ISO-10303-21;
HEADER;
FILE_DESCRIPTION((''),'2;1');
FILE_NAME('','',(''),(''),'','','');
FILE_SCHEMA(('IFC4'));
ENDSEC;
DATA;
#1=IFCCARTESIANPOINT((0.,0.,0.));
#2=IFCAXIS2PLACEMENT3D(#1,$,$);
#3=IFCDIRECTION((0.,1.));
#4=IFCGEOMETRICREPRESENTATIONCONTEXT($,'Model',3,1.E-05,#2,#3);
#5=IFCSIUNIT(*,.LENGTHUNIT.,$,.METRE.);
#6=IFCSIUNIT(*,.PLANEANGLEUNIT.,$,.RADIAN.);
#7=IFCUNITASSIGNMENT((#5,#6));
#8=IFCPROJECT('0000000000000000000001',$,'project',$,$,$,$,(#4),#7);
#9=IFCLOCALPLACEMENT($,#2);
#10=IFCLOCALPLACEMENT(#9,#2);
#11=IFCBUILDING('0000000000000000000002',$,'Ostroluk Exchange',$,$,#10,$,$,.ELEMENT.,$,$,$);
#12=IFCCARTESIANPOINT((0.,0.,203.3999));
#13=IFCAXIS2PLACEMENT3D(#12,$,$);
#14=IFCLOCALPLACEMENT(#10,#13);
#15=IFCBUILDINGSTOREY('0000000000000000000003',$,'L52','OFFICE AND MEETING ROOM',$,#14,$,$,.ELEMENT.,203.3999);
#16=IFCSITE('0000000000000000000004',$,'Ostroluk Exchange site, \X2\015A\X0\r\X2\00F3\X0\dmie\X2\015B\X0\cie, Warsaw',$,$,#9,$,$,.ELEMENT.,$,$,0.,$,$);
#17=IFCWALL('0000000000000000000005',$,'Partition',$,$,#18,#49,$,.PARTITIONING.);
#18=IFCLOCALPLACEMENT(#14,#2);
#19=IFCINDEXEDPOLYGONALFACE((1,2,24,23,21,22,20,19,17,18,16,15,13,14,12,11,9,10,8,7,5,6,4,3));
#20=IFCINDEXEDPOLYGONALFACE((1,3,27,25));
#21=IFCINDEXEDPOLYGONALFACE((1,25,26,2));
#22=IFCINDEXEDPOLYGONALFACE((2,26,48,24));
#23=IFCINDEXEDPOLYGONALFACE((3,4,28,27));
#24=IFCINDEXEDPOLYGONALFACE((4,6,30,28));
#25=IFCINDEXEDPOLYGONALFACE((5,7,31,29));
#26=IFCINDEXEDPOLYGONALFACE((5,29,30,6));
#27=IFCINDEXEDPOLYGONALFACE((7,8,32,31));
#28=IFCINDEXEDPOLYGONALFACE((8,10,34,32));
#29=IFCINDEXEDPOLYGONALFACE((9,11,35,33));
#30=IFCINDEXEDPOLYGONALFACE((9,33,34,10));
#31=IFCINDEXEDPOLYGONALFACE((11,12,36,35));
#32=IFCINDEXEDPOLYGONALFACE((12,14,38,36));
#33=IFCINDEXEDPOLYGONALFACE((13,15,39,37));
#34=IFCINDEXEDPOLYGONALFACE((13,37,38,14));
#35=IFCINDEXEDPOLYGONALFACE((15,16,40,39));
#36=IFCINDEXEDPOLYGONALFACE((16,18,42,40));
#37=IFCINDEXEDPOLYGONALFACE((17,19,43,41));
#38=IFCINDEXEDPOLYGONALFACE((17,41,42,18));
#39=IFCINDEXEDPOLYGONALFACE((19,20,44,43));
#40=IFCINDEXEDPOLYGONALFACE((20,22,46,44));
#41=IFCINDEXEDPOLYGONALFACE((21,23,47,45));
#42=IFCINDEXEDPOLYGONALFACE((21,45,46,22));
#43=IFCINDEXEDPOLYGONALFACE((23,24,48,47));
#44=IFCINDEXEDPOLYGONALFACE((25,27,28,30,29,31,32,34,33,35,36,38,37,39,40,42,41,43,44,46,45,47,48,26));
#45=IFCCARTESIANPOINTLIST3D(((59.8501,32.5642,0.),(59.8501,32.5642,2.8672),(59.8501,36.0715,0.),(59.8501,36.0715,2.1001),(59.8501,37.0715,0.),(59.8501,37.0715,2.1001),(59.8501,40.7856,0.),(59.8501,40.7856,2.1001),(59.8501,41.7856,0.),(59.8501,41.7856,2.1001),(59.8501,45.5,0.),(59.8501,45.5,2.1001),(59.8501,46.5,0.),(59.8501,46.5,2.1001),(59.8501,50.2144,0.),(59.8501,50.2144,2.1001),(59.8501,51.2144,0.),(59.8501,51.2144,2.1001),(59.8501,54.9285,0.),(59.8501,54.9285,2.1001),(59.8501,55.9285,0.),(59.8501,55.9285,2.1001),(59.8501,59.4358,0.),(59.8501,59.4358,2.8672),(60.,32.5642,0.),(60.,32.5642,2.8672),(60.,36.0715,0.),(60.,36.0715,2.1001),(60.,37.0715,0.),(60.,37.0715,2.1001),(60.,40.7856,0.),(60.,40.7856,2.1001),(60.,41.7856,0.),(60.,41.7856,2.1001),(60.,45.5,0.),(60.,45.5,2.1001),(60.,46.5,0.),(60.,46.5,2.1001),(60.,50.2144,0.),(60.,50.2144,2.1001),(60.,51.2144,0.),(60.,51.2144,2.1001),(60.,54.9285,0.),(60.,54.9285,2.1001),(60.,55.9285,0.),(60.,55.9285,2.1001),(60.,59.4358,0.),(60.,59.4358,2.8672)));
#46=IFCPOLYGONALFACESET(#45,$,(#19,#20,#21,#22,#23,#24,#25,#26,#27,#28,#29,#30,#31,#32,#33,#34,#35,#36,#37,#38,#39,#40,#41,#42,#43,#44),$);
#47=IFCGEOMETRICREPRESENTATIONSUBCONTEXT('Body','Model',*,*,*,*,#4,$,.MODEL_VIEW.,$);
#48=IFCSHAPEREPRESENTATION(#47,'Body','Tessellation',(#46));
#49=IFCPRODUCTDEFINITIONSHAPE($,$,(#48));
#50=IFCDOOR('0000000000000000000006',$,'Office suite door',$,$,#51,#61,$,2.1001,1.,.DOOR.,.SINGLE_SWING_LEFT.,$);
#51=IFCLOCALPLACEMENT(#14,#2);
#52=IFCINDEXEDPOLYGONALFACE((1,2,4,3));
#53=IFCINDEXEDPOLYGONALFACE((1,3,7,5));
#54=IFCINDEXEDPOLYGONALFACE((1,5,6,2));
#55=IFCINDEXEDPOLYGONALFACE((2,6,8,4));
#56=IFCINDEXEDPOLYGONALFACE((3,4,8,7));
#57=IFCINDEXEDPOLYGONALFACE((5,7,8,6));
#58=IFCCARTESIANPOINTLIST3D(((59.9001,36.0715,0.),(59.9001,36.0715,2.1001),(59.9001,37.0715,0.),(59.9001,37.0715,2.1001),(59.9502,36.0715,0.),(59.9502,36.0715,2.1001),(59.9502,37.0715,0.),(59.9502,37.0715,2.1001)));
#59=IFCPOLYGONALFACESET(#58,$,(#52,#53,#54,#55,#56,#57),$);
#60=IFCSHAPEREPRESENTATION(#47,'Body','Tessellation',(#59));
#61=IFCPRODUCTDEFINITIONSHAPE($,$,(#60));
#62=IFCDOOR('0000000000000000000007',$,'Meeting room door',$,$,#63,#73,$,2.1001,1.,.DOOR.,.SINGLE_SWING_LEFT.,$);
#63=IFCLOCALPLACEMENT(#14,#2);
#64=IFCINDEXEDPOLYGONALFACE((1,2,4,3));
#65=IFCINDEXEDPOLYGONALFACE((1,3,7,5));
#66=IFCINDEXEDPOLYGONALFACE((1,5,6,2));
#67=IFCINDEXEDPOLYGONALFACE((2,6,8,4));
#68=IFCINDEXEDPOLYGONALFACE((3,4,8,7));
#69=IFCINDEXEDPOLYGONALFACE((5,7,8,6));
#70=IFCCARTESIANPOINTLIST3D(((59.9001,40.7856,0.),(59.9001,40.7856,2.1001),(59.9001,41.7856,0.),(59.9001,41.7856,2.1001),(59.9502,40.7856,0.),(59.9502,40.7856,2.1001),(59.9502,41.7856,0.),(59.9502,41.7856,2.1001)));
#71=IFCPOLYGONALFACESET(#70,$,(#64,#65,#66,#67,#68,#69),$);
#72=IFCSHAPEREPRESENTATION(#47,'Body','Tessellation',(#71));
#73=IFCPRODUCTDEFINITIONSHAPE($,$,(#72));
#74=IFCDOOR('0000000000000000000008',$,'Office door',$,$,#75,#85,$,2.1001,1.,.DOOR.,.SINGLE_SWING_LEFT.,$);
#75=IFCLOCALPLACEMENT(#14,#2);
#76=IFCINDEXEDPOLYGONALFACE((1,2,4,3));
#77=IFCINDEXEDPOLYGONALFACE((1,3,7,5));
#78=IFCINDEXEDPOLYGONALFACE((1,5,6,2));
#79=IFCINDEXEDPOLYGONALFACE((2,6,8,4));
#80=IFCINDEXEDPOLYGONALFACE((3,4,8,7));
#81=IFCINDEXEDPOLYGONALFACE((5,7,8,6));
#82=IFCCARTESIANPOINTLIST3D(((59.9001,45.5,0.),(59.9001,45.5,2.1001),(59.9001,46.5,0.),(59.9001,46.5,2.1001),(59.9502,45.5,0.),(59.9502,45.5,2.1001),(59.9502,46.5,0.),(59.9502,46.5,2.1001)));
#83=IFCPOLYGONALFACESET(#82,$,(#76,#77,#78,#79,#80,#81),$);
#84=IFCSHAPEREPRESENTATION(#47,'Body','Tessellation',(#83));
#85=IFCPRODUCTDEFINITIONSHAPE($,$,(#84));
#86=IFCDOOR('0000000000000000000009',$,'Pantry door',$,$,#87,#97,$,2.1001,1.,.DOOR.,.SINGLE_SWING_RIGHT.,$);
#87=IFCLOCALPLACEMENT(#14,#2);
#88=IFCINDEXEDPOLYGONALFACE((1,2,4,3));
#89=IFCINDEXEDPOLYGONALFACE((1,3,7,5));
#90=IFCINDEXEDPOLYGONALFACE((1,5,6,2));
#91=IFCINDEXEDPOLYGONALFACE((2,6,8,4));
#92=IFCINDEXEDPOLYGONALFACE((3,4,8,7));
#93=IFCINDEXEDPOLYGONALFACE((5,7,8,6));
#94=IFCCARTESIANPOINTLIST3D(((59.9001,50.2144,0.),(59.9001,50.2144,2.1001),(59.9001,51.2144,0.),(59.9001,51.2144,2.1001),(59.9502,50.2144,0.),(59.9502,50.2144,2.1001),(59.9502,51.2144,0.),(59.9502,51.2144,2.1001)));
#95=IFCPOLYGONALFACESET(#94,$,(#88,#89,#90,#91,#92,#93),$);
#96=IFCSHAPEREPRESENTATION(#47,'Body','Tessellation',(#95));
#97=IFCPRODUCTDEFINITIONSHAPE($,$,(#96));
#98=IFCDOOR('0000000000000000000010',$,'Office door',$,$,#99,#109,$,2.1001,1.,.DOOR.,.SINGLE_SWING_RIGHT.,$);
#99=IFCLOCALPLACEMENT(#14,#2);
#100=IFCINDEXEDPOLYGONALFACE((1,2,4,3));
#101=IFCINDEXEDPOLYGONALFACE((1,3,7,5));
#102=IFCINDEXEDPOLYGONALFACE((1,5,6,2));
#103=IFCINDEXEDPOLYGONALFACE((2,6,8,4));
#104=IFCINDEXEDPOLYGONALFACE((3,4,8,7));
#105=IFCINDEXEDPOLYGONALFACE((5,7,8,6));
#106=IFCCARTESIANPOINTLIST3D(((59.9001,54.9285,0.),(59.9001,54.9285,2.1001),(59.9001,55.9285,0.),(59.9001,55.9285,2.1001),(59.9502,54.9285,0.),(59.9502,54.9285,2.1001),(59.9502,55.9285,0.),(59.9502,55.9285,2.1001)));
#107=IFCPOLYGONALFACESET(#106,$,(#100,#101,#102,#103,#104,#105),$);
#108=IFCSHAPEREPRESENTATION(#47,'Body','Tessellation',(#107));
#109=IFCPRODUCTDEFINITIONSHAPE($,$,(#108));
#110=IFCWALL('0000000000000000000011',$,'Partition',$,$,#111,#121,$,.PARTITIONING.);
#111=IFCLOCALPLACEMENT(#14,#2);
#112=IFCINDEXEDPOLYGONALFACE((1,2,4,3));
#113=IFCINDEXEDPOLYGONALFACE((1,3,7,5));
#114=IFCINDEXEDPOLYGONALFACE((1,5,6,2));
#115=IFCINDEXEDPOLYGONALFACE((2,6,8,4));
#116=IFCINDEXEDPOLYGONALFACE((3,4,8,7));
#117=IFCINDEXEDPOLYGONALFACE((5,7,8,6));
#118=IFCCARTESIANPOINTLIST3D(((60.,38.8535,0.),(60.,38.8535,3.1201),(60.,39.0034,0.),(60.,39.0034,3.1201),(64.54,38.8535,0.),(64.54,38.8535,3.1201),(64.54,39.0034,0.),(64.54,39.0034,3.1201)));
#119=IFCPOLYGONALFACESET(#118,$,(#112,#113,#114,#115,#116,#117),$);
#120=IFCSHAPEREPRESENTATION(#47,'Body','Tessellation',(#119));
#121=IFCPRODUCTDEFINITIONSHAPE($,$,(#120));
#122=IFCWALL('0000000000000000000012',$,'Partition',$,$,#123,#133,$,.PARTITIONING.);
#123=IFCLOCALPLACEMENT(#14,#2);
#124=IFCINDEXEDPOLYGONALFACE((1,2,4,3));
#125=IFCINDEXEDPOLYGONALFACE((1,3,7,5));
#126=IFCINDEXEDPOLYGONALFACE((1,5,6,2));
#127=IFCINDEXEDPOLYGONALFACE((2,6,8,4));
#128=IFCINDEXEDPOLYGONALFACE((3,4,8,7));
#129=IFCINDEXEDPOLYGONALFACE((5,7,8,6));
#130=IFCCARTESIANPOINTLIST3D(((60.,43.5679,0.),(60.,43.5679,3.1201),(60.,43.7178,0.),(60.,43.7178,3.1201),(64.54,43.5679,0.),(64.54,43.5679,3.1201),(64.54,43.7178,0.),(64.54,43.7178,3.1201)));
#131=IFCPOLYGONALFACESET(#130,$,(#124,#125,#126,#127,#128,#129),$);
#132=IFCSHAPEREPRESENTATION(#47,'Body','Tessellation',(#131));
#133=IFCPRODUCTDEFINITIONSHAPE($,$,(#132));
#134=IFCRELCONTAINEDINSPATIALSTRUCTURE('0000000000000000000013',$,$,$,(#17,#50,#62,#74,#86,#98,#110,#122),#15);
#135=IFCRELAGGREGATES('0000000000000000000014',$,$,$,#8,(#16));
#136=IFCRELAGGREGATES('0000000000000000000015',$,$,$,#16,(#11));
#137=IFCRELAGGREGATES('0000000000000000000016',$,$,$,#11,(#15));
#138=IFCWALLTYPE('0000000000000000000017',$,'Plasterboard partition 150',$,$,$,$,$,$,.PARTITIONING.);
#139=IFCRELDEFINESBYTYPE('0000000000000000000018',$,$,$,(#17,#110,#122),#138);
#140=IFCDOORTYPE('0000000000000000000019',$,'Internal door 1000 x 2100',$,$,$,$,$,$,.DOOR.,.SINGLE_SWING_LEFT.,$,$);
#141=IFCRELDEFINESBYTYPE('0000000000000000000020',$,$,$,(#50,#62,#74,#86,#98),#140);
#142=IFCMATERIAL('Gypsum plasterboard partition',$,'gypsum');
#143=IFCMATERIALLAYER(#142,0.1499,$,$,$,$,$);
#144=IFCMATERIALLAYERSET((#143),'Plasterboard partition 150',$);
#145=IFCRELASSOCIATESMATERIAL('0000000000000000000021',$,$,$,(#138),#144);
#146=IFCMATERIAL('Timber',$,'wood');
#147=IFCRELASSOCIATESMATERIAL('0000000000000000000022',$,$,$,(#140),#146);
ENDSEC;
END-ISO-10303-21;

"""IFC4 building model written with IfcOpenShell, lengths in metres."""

from ifc_helpers import new_model, si_unit, direction, frame, frame_2d, origin, place, context, subcontext, project, spatial, rectangle, extrude, material, layer, layer_set, type_object, element, fill, save


model = new_model("IFC4")

# Units and contexts
model_context = context("Model", 3, precision=1e-05, world=origin(), true_north=direction((0.0, 1.0)))
body_context = subcontext(model_context, "Body", "Model", "MODEL_VIEW")
ifc_project = project(units=[si_unit("LENGTHUNIT", "METRE"), si_unit("PLANEANGLEUNIT", "RADIAN")], contexts=[model_context])

# Site, building, storey
site_placement = place(None, origin())
site = spatial("IfcSite", under=ifc_project, at=site_placement, Name="Ostroluk Exchange site, Śródmieście, Warsaw", CompositionType="ELEMENT", RefElevation=0.0)
building_placement = place(site_placement, origin())
building = spatial("IfcBuilding", under=site, at=building_placement, Name="Ostroluk Exchange", CompositionType="ELEMENT")
storey_placement = place(building_placement, frame((0.0, 0.0, 203.3999)))
storey = spatial("IfcBuildingStorey", under=building, at=storey_placement, Name="L52", Description="OFFICE AND MEETING ROOM", CompositionType="ELEMENT", Elevation=203.3999)

# Shared definitions
ifc_material_1 = material(Name="Gypsum plasterboard partition", Category="gypsum")
ifc_layer_1 = layer(ifc_material_1, 0.1499)
ifc_layer_set_1 = layer_set([ifc_layer_1], Name="Plasterboard partition 150")
wall_type = type_object("IfcWallType", Name="Plasterboard partition 150", PredefinedType="PARTITIONING", material=ifc_layer_set_1)
ifc_material_2 = material(Name="Timber", Category="wood")
door_type = type_object("IfcDoorType", Name="Internal door 1000 x 2100", OperationType="SINGLE_SWING_LEFT", PredefinedType="DOOR", material=ifc_material_2)

# Wall, openings, doors
wall_1_placement = place(storey_placement, frame((59.925, 32.5642, 0.0), z_axis=(0.0, 0.0, 1.0), x_axis=(0.0, 1.0, 0.0)))
wall_1 = element("IfcWall", 1, at=wall_1_placement, inside=storey, type_object=wall_type, Name="Partition", PredefinedType="PARTITIONING", context=body_context, shape_type="SweptSolid", body=[
    extrude(rectangle(XDim=26.8716, YDim=0.1499, at=frame_2d((13.4358, 0.0))), origin(), (0.0, 0.0, 1.0), 2.8672),
])
opening_1_placement = place(wall_1_placement, frame((3.5073, 0.0, 0.0)))
opening_1 = element("IfcOpeningElement", 2, at=opening_1_placement, cuts=wall_1, PredefinedType="OPENING", context=body_context, shape_type="SweptSolid", body=[
    extrude(rectangle(XDim=1.0, YDim=2.1001, at=frame_2d((0.5, 1.05))), frame((0.0, 0.085, 0.0), z_axis=(0.0, -1.0, 0.0), x_axis=(1.0, 0.0, 0.0)), (0.0, 0.0, 1.0), 0.1699),
])
opening_2_placement = place(wall_1_placement, frame((8.2214, 0.0, 0.0)))
opening_2 = element("IfcOpeningElement", 3, at=opening_2_placement, cuts=wall_1, PredefinedType="OPENING", context=body_context, shape_type="SweptSolid", body=[
    extrude(rectangle(XDim=1.0, YDim=2.1001, at=frame_2d((0.5, 1.05))), frame((0.0, 0.085, 0.0), z_axis=(0.0, -1.0, 0.0), x_axis=(1.0, 0.0, 0.0)), (0.0, 0.0, 1.0), 0.1699),
])
opening_3_placement = place(wall_1_placement, frame((12.9358, 0.0, 0.0)))
opening_3 = element("IfcOpeningElement", 4, at=opening_3_placement, cuts=wall_1, PredefinedType="OPENING", context=body_context, shape_type="SweptSolid", body=[
    extrude(rectangle(XDim=1.0, YDim=2.1001, at=frame_2d((0.5, 1.05))), frame((0.0, 0.085, 0.0), z_axis=(0.0, -1.0, 0.0), x_axis=(1.0, 0.0, 0.0)), (0.0, 0.0, 1.0), 0.1699),
])
opening_4_placement = place(wall_1_placement, frame((17.6501, 0.0, 0.0)))
opening_4 = element("IfcOpeningElement", 5, at=opening_4_placement, cuts=wall_1, PredefinedType="OPENING", context=body_context, shape_type="SweptSolid", body=[
    extrude(rectangle(XDim=1.0, YDim=2.1001, at=frame_2d((0.5, 1.05))), frame((0.0, 0.085, 0.0), z_axis=(0.0, -1.0, 0.0), x_axis=(1.0, 0.0, 0.0)), (0.0, 0.0, 1.0), 0.1699),
])
opening_5_placement = place(wall_1_placement, frame((22.3643, 0.0, 0.0)))
opening_5 = element("IfcOpeningElement", 6, at=opening_5_placement, cuts=wall_1, PredefinedType="OPENING", context=body_context, shape_type="SweptSolid", body=[
    extrude(rectangle(XDim=1.0, YDim=2.1001, at=frame_2d((0.5, 1.05))), frame((0.0, 0.085, 0.0), z_axis=(0.0, -1.0, 0.0), x_axis=(1.0, 0.0, 0.0)), (0.0, 0.0, 1.0), 0.1699),
])
door_1_placement = place(opening_1_placement, origin())
door_1 = element("IfcDoor", 7, at=door_1_placement, inside=storey, type_object=door_type, Name="Office suite door", OperationType="SINGLE_SWING_LEFT", OverallHeight=2.1001, OverallWidth=1.0, PredefinedType="DOOR", context=body_context, shape_type="SweptSolid", body=[
    extrude(rectangle(XDim=1.0, YDim=2.1001, at=frame_2d((0.5, 1.05))), frame((0.0, 0.0249, 0.0), z_axis=(0.0, -1.0, 0.0), x_axis=(1.0, 0.0, 0.0)), (0.0, 0.0, 1.0), 0.05),
])
fill(opening_1, door_1)
door_2_placement = place(opening_2_placement, origin())
door_2 = element("IfcDoor", 8, at=door_2_placement, inside=storey, type_object=door_type, Name="Meeting room door", OperationType="SINGLE_SWING_LEFT", OverallHeight=2.1001, OverallWidth=1.0, PredefinedType="DOOR", context=body_context, shape_type="SweptSolid", body=[
    extrude(rectangle(XDim=1.0, YDim=2.1001, at=frame_2d((0.5, 1.05))), frame((0.0, 0.0249, 0.0), z_axis=(0.0, -1.0, 0.0), x_axis=(1.0, 0.0, 0.0)), (0.0, 0.0, 1.0), 0.05),
])
fill(opening_2, door_2)
door_3_placement = place(opening_3_placement, origin())
door_3 = element("IfcDoor", 9, at=door_3_placement, inside=storey, type_object=door_type, Name="Office door", OperationType="SINGLE_SWING_LEFT", OverallHeight=2.1001, OverallWidth=1.0, PredefinedType="DOOR", context=body_context, shape_type="SweptSolid", body=[
    extrude(rectangle(XDim=1.0, YDim=2.1001, at=frame_2d((0.5, 1.05))), frame((0.0, 0.0249, 0.0), z_axis=(0.0, -1.0, 0.0), x_axis=(1.0, 0.0, 0.0)), (0.0, 0.0, 1.0), 0.05),
])
fill(opening_3, door_3)
door_4_placement = place(opening_4_placement, origin())
door_4 = element("IfcDoor", 10, at=door_4_placement, inside=storey, type_object=door_type, Name="Pantry door", OperationType="SINGLE_SWING_RIGHT", OverallHeight=2.1001, OverallWidth=1.0, PredefinedType="DOOR", context=body_context, shape_type="SweptSolid", body=[
    extrude(rectangle(XDim=1.0, YDim=2.1001, at=frame_2d((0.5, 1.05))), frame((0.0, 0.0249, 0.0), z_axis=(0.0, -1.0, 0.0), x_axis=(1.0, 0.0, 0.0)), (0.0, 0.0, 1.0), 0.05),
])
fill(opening_4, door_4)
door_5_placement = place(opening_5_placement, origin())
door_5 = element("IfcDoor", 11, at=door_5_placement, inside=storey, type_object=door_type, Name="Office door", OperationType="SINGLE_SWING_RIGHT", OverallHeight=2.1001, OverallWidth=1.0, PredefinedType="DOOR", context=body_context, shape_type="SweptSolid", body=[
    extrude(rectangle(XDim=1.0, YDim=2.1001, at=frame_2d((0.5, 1.05))), frame((0.0, 0.0249, 0.0), z_axis=(0.0, -1.0, 0.0), x_axis=(1.0, 0.0, 0.0)), (0.0, 0.0, 1.0), 0.05),
])
fill(opening_5, door_5)

# Walls
for number, where, z_axis, x_axis, name in (
    (12, (60.0, 38.9285, 0.0), (0.0, 0.0, 1.0), (1.0, 0.0, 0.0), "Partition"),
    (13, (60.0, 43.6428, 0.0), (0.0, 0.0, 1.0), (1.0, 0.0, 0.0), "Partition"),
):
    element("IfcWall", number, at=place(storey_placement, frame(where, z_axis=z_axis, x_axis=x_axis)), inside=storey, type_object=wall_type, Name=name, PredefinedType="PARTITIONING", context=body_context, shape_type="SweptSolid", body=[
        extrude(rectangle(XDim=4.54, YDim=0.1499, at=frame_2d((2.27, 0.0))), origin(), (0.0, 0.0, 1.0), 3.1201),
    ])

save(model, "model.ifc")
